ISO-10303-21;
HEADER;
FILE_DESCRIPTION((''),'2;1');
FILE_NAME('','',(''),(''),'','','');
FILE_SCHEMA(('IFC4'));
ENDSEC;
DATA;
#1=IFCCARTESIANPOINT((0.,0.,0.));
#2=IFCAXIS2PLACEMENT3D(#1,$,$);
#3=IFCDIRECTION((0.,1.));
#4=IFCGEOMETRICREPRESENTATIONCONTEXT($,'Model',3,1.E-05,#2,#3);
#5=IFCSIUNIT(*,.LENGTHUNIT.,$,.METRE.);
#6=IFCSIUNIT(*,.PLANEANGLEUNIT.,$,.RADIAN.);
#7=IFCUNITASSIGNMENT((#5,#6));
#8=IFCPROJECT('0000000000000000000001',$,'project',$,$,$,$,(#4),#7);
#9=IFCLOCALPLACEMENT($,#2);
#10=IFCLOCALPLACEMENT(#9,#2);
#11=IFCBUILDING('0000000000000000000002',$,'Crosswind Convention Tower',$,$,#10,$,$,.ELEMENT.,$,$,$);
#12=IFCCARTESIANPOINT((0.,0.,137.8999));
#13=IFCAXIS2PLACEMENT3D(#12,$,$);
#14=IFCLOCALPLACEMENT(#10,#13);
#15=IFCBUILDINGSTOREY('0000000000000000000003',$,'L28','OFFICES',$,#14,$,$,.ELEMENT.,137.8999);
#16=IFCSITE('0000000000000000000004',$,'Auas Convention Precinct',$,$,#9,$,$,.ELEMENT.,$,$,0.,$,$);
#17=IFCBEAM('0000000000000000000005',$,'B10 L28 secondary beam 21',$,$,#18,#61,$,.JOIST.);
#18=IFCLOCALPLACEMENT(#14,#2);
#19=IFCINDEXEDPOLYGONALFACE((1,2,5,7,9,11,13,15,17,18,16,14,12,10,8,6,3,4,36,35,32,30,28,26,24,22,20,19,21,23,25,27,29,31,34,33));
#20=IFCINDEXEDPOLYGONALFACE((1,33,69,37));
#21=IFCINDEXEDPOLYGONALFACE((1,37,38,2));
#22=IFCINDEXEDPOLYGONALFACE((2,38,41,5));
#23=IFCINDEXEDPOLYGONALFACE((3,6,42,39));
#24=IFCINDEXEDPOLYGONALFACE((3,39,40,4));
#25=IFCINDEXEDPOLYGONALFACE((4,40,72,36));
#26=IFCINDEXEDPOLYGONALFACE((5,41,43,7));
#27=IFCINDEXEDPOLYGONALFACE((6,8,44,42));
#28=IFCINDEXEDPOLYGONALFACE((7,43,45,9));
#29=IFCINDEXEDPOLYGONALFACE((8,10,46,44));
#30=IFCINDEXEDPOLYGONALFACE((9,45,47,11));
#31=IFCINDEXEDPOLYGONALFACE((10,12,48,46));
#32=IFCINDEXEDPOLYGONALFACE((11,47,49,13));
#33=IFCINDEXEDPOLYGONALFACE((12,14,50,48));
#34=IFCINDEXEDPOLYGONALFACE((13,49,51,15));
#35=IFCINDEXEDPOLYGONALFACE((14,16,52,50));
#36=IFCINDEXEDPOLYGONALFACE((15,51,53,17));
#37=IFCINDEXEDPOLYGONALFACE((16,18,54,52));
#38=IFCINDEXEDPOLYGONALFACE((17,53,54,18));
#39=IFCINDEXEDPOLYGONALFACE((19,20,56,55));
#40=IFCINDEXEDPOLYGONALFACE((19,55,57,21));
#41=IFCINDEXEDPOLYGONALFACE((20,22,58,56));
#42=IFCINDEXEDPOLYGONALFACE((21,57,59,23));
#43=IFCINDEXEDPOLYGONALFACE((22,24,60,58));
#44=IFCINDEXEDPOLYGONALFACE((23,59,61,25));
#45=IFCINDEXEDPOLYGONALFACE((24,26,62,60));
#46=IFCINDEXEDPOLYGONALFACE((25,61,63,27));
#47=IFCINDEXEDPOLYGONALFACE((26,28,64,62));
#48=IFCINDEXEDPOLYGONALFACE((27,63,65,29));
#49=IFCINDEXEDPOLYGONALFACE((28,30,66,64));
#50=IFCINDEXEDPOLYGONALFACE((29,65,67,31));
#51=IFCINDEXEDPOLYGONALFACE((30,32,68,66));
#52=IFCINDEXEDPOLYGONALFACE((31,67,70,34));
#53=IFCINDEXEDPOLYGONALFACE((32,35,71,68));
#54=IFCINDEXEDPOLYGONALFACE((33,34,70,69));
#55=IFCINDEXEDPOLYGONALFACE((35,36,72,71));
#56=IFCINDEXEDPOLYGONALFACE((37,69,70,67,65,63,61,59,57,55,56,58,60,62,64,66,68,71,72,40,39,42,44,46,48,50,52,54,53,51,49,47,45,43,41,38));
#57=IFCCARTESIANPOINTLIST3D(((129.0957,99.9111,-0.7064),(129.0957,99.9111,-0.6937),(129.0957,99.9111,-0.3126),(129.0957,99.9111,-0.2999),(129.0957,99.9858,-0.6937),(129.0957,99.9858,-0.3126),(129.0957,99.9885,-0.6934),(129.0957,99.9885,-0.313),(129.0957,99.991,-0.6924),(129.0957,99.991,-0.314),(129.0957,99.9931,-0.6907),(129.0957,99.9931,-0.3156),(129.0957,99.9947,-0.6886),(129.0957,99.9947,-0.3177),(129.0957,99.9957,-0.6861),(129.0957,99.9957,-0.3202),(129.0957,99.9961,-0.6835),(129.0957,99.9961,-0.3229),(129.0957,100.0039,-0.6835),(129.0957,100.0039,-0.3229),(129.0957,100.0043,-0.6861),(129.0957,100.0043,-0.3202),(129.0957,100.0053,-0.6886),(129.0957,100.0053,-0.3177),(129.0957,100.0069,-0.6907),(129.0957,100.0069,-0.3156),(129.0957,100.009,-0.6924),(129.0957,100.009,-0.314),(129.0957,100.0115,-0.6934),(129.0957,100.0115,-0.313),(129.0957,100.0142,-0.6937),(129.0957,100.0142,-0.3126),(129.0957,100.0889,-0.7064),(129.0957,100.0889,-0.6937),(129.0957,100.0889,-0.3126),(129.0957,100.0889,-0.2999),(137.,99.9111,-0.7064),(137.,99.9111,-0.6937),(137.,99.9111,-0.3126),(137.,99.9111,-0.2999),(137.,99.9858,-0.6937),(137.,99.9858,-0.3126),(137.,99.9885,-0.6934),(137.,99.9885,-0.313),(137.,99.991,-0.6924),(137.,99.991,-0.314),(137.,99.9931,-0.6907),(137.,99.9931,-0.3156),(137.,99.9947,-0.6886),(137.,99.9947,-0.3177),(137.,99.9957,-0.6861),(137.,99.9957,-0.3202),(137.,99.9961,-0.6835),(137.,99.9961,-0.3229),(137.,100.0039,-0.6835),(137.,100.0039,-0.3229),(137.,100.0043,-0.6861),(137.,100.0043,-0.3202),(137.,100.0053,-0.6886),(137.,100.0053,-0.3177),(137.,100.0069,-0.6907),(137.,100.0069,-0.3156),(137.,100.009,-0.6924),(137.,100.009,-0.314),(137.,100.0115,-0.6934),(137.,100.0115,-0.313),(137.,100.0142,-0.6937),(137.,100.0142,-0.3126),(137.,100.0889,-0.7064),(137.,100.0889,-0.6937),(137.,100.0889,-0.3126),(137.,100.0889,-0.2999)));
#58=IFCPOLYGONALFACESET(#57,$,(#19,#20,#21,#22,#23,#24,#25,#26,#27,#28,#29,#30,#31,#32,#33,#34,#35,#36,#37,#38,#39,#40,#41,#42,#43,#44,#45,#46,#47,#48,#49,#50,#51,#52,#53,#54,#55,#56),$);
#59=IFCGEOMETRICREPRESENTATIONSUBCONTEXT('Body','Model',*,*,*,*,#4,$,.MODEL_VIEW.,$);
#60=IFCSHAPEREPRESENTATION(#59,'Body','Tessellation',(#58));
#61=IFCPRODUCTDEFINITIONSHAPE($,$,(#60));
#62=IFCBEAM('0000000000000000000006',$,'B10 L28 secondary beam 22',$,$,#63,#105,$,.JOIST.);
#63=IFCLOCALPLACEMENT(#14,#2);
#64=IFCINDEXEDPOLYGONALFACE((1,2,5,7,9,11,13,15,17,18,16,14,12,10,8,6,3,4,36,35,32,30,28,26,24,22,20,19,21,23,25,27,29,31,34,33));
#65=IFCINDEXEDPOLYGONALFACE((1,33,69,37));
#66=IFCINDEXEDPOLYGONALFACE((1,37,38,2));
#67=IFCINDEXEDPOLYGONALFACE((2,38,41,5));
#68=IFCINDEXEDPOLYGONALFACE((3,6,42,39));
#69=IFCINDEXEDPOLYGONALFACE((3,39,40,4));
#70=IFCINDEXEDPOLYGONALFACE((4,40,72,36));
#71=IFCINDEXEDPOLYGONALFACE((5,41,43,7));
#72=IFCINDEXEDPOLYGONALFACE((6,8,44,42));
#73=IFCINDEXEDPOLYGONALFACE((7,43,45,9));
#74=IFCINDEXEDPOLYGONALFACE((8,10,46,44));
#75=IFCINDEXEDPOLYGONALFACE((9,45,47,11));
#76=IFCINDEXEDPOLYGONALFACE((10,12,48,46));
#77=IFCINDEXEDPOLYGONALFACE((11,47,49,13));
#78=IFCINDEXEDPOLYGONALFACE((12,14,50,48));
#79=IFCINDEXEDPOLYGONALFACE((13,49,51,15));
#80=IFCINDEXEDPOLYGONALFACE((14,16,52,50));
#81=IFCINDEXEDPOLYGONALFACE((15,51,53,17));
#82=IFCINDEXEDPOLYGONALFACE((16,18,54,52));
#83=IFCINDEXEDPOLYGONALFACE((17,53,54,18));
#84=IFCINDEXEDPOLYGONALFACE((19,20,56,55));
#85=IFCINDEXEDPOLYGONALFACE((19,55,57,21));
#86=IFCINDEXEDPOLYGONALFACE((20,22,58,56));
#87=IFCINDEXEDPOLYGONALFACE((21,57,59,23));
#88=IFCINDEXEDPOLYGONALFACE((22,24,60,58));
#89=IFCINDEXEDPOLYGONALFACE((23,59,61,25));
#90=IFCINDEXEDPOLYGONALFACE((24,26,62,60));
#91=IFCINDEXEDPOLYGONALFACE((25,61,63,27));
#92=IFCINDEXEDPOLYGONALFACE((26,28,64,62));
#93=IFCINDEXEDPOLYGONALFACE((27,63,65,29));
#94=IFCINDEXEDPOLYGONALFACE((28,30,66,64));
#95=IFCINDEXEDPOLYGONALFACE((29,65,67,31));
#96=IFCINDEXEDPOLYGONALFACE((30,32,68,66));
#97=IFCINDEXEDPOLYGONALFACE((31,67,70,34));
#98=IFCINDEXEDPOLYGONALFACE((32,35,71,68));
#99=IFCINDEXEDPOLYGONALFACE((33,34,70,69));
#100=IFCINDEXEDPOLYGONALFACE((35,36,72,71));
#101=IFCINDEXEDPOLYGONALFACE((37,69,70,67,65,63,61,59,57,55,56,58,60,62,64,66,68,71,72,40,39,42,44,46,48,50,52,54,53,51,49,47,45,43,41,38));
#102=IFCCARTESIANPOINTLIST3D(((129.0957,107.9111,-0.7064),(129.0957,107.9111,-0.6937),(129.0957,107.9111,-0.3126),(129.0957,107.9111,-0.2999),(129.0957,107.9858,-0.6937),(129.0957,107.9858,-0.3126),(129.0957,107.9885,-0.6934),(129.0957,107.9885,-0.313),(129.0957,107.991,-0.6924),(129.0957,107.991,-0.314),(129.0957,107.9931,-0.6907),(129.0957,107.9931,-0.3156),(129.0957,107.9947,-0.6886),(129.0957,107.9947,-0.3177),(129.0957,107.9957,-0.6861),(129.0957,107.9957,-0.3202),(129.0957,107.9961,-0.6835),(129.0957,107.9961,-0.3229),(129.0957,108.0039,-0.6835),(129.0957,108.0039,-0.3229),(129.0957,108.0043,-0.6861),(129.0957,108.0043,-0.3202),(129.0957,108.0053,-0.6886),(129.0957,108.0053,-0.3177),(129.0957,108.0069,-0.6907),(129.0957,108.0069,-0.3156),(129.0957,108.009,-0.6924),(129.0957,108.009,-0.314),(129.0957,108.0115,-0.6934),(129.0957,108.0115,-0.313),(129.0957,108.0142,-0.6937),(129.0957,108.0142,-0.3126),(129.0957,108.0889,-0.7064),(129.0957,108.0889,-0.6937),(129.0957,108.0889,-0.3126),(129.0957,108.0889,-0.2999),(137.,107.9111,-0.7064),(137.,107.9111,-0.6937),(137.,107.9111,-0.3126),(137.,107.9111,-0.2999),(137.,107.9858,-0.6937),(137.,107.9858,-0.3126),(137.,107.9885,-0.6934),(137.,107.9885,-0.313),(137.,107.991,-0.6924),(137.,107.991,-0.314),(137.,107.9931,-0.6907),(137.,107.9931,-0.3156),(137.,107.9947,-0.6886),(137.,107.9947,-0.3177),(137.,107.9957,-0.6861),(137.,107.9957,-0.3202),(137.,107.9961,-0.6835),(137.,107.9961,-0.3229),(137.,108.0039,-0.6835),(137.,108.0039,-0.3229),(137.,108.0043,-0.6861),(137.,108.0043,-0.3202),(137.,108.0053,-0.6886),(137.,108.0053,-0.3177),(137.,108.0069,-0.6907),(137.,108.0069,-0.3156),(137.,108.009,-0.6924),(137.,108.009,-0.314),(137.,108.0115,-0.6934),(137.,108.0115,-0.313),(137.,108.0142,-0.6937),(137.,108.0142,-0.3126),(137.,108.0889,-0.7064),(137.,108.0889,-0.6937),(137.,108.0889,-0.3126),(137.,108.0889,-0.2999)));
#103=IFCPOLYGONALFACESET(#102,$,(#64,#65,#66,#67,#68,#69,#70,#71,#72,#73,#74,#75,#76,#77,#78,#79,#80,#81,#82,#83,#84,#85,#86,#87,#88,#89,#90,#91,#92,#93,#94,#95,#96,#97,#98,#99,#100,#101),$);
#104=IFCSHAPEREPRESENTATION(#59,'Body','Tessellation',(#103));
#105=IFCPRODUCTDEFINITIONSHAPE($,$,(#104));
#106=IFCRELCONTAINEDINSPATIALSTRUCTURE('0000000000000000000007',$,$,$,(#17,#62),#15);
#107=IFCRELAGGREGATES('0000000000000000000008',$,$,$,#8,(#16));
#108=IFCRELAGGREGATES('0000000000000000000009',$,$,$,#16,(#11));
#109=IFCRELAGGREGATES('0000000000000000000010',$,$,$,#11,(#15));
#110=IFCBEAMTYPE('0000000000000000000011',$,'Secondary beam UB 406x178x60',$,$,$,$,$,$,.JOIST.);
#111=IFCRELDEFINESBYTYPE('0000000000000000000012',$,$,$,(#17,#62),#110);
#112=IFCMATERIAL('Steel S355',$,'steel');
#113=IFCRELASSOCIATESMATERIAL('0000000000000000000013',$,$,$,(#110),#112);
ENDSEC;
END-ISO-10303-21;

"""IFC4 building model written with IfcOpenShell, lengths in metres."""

from ifc_helpers import new_model, si_unit, direction, frame, origin, origin_2d, place, context, subcontext, project, spatial, i_section, extrude, material, material_profile, profile_set, type_object, element, save


model = new_model("IFC4")

# Units and contexts
model_context = context("Model", 3, precision=1e-05, world=origin(), true_north=direction((0.0, 1.0)))
body_context = subcontext(model_context, "Body", "Model", "MODEL_VIEW")
ifc_project = project(units=[si_unit("LENGTHUNIT", "METRE"), si_unit("PLANEANGLEUNIT", "RADIAN")], contexts=[model_context])

# Site, building, storey
site_placement = place(None, origin())
site = spatial("IfcSite", under=ifc_project, at=site_placement, Name="Auas Convention Precinct", CompositionType="ELEMENT", RefElevation=0.0)
building_placement = place(site_placement, origin())
building = spatial("IfcBuilding", under=site, at=building_placement, Name="Crosswind Convention Tower", CompositionType="ELEMENT")
storey_placement = place(building_placement, frame((0.0, 0.0, 137.8999)))
storey = spatial("IfcBuildingStorey", under=building, at=storey_placement, Name="L28", Description="OFFICES", CompositionType="ELEMENT", Elevation=137.8999)

# Beams
ifc_material_1 = material(Name="Steel S355", Category="steel")
ifc_material_profile_1 = material_profile(ifc_material_1, i_section(OverallWidth=0.1777, OverallDepth=0.4065, WebThickness=0.0078, FlangeThickness=0.0127, FilletRadius=0.0103, at=origin_2d()), Name="UB 406x178x60")
ifc_profile_set_1 = profile_set([ifc_material_profile_1], Name="Steel S355")
beam_type_1 = type_object("IfcBeamType", Name="Secondary beam UB 406x178x60", PredefinedType="JOIST", material=ifc_profile_set_1)
for number, where, z_axis, x_axis, name in (
    (1, (129.0957, 100.0, -0.5032), (1.0, 0.0, 0.0), (0.0, 1.0, 0.0), "B10 L28 secondary beam 21"),
    (2, (129.0957, 108.0, -0.5032), (1.0, 0.0, 0.0), (0.0, 1.0, 0.0), "B10 L28 secondary beam 22"),
):
    element("IfcBeam", number, at=place(storey_placement, frame(where, z_axis=z_axis, x_axis=x_axis)), inside=storey, type_object=beam_type_1, Name=name, PredefinedType="JOIST", context=body_context, shape_type="SweptSolid", body=[
        extrude(i_section(OverallWidth=0.1777, OverallDepth=0.4065, WebThickness=0.0078, FlangeThickness=0.0127, FilletRadius=0.0103, at=origin_2d()), origin(), (0.0, 0.0, 1.0), 7.9043),
    ])

save(model, "model.ifc")
